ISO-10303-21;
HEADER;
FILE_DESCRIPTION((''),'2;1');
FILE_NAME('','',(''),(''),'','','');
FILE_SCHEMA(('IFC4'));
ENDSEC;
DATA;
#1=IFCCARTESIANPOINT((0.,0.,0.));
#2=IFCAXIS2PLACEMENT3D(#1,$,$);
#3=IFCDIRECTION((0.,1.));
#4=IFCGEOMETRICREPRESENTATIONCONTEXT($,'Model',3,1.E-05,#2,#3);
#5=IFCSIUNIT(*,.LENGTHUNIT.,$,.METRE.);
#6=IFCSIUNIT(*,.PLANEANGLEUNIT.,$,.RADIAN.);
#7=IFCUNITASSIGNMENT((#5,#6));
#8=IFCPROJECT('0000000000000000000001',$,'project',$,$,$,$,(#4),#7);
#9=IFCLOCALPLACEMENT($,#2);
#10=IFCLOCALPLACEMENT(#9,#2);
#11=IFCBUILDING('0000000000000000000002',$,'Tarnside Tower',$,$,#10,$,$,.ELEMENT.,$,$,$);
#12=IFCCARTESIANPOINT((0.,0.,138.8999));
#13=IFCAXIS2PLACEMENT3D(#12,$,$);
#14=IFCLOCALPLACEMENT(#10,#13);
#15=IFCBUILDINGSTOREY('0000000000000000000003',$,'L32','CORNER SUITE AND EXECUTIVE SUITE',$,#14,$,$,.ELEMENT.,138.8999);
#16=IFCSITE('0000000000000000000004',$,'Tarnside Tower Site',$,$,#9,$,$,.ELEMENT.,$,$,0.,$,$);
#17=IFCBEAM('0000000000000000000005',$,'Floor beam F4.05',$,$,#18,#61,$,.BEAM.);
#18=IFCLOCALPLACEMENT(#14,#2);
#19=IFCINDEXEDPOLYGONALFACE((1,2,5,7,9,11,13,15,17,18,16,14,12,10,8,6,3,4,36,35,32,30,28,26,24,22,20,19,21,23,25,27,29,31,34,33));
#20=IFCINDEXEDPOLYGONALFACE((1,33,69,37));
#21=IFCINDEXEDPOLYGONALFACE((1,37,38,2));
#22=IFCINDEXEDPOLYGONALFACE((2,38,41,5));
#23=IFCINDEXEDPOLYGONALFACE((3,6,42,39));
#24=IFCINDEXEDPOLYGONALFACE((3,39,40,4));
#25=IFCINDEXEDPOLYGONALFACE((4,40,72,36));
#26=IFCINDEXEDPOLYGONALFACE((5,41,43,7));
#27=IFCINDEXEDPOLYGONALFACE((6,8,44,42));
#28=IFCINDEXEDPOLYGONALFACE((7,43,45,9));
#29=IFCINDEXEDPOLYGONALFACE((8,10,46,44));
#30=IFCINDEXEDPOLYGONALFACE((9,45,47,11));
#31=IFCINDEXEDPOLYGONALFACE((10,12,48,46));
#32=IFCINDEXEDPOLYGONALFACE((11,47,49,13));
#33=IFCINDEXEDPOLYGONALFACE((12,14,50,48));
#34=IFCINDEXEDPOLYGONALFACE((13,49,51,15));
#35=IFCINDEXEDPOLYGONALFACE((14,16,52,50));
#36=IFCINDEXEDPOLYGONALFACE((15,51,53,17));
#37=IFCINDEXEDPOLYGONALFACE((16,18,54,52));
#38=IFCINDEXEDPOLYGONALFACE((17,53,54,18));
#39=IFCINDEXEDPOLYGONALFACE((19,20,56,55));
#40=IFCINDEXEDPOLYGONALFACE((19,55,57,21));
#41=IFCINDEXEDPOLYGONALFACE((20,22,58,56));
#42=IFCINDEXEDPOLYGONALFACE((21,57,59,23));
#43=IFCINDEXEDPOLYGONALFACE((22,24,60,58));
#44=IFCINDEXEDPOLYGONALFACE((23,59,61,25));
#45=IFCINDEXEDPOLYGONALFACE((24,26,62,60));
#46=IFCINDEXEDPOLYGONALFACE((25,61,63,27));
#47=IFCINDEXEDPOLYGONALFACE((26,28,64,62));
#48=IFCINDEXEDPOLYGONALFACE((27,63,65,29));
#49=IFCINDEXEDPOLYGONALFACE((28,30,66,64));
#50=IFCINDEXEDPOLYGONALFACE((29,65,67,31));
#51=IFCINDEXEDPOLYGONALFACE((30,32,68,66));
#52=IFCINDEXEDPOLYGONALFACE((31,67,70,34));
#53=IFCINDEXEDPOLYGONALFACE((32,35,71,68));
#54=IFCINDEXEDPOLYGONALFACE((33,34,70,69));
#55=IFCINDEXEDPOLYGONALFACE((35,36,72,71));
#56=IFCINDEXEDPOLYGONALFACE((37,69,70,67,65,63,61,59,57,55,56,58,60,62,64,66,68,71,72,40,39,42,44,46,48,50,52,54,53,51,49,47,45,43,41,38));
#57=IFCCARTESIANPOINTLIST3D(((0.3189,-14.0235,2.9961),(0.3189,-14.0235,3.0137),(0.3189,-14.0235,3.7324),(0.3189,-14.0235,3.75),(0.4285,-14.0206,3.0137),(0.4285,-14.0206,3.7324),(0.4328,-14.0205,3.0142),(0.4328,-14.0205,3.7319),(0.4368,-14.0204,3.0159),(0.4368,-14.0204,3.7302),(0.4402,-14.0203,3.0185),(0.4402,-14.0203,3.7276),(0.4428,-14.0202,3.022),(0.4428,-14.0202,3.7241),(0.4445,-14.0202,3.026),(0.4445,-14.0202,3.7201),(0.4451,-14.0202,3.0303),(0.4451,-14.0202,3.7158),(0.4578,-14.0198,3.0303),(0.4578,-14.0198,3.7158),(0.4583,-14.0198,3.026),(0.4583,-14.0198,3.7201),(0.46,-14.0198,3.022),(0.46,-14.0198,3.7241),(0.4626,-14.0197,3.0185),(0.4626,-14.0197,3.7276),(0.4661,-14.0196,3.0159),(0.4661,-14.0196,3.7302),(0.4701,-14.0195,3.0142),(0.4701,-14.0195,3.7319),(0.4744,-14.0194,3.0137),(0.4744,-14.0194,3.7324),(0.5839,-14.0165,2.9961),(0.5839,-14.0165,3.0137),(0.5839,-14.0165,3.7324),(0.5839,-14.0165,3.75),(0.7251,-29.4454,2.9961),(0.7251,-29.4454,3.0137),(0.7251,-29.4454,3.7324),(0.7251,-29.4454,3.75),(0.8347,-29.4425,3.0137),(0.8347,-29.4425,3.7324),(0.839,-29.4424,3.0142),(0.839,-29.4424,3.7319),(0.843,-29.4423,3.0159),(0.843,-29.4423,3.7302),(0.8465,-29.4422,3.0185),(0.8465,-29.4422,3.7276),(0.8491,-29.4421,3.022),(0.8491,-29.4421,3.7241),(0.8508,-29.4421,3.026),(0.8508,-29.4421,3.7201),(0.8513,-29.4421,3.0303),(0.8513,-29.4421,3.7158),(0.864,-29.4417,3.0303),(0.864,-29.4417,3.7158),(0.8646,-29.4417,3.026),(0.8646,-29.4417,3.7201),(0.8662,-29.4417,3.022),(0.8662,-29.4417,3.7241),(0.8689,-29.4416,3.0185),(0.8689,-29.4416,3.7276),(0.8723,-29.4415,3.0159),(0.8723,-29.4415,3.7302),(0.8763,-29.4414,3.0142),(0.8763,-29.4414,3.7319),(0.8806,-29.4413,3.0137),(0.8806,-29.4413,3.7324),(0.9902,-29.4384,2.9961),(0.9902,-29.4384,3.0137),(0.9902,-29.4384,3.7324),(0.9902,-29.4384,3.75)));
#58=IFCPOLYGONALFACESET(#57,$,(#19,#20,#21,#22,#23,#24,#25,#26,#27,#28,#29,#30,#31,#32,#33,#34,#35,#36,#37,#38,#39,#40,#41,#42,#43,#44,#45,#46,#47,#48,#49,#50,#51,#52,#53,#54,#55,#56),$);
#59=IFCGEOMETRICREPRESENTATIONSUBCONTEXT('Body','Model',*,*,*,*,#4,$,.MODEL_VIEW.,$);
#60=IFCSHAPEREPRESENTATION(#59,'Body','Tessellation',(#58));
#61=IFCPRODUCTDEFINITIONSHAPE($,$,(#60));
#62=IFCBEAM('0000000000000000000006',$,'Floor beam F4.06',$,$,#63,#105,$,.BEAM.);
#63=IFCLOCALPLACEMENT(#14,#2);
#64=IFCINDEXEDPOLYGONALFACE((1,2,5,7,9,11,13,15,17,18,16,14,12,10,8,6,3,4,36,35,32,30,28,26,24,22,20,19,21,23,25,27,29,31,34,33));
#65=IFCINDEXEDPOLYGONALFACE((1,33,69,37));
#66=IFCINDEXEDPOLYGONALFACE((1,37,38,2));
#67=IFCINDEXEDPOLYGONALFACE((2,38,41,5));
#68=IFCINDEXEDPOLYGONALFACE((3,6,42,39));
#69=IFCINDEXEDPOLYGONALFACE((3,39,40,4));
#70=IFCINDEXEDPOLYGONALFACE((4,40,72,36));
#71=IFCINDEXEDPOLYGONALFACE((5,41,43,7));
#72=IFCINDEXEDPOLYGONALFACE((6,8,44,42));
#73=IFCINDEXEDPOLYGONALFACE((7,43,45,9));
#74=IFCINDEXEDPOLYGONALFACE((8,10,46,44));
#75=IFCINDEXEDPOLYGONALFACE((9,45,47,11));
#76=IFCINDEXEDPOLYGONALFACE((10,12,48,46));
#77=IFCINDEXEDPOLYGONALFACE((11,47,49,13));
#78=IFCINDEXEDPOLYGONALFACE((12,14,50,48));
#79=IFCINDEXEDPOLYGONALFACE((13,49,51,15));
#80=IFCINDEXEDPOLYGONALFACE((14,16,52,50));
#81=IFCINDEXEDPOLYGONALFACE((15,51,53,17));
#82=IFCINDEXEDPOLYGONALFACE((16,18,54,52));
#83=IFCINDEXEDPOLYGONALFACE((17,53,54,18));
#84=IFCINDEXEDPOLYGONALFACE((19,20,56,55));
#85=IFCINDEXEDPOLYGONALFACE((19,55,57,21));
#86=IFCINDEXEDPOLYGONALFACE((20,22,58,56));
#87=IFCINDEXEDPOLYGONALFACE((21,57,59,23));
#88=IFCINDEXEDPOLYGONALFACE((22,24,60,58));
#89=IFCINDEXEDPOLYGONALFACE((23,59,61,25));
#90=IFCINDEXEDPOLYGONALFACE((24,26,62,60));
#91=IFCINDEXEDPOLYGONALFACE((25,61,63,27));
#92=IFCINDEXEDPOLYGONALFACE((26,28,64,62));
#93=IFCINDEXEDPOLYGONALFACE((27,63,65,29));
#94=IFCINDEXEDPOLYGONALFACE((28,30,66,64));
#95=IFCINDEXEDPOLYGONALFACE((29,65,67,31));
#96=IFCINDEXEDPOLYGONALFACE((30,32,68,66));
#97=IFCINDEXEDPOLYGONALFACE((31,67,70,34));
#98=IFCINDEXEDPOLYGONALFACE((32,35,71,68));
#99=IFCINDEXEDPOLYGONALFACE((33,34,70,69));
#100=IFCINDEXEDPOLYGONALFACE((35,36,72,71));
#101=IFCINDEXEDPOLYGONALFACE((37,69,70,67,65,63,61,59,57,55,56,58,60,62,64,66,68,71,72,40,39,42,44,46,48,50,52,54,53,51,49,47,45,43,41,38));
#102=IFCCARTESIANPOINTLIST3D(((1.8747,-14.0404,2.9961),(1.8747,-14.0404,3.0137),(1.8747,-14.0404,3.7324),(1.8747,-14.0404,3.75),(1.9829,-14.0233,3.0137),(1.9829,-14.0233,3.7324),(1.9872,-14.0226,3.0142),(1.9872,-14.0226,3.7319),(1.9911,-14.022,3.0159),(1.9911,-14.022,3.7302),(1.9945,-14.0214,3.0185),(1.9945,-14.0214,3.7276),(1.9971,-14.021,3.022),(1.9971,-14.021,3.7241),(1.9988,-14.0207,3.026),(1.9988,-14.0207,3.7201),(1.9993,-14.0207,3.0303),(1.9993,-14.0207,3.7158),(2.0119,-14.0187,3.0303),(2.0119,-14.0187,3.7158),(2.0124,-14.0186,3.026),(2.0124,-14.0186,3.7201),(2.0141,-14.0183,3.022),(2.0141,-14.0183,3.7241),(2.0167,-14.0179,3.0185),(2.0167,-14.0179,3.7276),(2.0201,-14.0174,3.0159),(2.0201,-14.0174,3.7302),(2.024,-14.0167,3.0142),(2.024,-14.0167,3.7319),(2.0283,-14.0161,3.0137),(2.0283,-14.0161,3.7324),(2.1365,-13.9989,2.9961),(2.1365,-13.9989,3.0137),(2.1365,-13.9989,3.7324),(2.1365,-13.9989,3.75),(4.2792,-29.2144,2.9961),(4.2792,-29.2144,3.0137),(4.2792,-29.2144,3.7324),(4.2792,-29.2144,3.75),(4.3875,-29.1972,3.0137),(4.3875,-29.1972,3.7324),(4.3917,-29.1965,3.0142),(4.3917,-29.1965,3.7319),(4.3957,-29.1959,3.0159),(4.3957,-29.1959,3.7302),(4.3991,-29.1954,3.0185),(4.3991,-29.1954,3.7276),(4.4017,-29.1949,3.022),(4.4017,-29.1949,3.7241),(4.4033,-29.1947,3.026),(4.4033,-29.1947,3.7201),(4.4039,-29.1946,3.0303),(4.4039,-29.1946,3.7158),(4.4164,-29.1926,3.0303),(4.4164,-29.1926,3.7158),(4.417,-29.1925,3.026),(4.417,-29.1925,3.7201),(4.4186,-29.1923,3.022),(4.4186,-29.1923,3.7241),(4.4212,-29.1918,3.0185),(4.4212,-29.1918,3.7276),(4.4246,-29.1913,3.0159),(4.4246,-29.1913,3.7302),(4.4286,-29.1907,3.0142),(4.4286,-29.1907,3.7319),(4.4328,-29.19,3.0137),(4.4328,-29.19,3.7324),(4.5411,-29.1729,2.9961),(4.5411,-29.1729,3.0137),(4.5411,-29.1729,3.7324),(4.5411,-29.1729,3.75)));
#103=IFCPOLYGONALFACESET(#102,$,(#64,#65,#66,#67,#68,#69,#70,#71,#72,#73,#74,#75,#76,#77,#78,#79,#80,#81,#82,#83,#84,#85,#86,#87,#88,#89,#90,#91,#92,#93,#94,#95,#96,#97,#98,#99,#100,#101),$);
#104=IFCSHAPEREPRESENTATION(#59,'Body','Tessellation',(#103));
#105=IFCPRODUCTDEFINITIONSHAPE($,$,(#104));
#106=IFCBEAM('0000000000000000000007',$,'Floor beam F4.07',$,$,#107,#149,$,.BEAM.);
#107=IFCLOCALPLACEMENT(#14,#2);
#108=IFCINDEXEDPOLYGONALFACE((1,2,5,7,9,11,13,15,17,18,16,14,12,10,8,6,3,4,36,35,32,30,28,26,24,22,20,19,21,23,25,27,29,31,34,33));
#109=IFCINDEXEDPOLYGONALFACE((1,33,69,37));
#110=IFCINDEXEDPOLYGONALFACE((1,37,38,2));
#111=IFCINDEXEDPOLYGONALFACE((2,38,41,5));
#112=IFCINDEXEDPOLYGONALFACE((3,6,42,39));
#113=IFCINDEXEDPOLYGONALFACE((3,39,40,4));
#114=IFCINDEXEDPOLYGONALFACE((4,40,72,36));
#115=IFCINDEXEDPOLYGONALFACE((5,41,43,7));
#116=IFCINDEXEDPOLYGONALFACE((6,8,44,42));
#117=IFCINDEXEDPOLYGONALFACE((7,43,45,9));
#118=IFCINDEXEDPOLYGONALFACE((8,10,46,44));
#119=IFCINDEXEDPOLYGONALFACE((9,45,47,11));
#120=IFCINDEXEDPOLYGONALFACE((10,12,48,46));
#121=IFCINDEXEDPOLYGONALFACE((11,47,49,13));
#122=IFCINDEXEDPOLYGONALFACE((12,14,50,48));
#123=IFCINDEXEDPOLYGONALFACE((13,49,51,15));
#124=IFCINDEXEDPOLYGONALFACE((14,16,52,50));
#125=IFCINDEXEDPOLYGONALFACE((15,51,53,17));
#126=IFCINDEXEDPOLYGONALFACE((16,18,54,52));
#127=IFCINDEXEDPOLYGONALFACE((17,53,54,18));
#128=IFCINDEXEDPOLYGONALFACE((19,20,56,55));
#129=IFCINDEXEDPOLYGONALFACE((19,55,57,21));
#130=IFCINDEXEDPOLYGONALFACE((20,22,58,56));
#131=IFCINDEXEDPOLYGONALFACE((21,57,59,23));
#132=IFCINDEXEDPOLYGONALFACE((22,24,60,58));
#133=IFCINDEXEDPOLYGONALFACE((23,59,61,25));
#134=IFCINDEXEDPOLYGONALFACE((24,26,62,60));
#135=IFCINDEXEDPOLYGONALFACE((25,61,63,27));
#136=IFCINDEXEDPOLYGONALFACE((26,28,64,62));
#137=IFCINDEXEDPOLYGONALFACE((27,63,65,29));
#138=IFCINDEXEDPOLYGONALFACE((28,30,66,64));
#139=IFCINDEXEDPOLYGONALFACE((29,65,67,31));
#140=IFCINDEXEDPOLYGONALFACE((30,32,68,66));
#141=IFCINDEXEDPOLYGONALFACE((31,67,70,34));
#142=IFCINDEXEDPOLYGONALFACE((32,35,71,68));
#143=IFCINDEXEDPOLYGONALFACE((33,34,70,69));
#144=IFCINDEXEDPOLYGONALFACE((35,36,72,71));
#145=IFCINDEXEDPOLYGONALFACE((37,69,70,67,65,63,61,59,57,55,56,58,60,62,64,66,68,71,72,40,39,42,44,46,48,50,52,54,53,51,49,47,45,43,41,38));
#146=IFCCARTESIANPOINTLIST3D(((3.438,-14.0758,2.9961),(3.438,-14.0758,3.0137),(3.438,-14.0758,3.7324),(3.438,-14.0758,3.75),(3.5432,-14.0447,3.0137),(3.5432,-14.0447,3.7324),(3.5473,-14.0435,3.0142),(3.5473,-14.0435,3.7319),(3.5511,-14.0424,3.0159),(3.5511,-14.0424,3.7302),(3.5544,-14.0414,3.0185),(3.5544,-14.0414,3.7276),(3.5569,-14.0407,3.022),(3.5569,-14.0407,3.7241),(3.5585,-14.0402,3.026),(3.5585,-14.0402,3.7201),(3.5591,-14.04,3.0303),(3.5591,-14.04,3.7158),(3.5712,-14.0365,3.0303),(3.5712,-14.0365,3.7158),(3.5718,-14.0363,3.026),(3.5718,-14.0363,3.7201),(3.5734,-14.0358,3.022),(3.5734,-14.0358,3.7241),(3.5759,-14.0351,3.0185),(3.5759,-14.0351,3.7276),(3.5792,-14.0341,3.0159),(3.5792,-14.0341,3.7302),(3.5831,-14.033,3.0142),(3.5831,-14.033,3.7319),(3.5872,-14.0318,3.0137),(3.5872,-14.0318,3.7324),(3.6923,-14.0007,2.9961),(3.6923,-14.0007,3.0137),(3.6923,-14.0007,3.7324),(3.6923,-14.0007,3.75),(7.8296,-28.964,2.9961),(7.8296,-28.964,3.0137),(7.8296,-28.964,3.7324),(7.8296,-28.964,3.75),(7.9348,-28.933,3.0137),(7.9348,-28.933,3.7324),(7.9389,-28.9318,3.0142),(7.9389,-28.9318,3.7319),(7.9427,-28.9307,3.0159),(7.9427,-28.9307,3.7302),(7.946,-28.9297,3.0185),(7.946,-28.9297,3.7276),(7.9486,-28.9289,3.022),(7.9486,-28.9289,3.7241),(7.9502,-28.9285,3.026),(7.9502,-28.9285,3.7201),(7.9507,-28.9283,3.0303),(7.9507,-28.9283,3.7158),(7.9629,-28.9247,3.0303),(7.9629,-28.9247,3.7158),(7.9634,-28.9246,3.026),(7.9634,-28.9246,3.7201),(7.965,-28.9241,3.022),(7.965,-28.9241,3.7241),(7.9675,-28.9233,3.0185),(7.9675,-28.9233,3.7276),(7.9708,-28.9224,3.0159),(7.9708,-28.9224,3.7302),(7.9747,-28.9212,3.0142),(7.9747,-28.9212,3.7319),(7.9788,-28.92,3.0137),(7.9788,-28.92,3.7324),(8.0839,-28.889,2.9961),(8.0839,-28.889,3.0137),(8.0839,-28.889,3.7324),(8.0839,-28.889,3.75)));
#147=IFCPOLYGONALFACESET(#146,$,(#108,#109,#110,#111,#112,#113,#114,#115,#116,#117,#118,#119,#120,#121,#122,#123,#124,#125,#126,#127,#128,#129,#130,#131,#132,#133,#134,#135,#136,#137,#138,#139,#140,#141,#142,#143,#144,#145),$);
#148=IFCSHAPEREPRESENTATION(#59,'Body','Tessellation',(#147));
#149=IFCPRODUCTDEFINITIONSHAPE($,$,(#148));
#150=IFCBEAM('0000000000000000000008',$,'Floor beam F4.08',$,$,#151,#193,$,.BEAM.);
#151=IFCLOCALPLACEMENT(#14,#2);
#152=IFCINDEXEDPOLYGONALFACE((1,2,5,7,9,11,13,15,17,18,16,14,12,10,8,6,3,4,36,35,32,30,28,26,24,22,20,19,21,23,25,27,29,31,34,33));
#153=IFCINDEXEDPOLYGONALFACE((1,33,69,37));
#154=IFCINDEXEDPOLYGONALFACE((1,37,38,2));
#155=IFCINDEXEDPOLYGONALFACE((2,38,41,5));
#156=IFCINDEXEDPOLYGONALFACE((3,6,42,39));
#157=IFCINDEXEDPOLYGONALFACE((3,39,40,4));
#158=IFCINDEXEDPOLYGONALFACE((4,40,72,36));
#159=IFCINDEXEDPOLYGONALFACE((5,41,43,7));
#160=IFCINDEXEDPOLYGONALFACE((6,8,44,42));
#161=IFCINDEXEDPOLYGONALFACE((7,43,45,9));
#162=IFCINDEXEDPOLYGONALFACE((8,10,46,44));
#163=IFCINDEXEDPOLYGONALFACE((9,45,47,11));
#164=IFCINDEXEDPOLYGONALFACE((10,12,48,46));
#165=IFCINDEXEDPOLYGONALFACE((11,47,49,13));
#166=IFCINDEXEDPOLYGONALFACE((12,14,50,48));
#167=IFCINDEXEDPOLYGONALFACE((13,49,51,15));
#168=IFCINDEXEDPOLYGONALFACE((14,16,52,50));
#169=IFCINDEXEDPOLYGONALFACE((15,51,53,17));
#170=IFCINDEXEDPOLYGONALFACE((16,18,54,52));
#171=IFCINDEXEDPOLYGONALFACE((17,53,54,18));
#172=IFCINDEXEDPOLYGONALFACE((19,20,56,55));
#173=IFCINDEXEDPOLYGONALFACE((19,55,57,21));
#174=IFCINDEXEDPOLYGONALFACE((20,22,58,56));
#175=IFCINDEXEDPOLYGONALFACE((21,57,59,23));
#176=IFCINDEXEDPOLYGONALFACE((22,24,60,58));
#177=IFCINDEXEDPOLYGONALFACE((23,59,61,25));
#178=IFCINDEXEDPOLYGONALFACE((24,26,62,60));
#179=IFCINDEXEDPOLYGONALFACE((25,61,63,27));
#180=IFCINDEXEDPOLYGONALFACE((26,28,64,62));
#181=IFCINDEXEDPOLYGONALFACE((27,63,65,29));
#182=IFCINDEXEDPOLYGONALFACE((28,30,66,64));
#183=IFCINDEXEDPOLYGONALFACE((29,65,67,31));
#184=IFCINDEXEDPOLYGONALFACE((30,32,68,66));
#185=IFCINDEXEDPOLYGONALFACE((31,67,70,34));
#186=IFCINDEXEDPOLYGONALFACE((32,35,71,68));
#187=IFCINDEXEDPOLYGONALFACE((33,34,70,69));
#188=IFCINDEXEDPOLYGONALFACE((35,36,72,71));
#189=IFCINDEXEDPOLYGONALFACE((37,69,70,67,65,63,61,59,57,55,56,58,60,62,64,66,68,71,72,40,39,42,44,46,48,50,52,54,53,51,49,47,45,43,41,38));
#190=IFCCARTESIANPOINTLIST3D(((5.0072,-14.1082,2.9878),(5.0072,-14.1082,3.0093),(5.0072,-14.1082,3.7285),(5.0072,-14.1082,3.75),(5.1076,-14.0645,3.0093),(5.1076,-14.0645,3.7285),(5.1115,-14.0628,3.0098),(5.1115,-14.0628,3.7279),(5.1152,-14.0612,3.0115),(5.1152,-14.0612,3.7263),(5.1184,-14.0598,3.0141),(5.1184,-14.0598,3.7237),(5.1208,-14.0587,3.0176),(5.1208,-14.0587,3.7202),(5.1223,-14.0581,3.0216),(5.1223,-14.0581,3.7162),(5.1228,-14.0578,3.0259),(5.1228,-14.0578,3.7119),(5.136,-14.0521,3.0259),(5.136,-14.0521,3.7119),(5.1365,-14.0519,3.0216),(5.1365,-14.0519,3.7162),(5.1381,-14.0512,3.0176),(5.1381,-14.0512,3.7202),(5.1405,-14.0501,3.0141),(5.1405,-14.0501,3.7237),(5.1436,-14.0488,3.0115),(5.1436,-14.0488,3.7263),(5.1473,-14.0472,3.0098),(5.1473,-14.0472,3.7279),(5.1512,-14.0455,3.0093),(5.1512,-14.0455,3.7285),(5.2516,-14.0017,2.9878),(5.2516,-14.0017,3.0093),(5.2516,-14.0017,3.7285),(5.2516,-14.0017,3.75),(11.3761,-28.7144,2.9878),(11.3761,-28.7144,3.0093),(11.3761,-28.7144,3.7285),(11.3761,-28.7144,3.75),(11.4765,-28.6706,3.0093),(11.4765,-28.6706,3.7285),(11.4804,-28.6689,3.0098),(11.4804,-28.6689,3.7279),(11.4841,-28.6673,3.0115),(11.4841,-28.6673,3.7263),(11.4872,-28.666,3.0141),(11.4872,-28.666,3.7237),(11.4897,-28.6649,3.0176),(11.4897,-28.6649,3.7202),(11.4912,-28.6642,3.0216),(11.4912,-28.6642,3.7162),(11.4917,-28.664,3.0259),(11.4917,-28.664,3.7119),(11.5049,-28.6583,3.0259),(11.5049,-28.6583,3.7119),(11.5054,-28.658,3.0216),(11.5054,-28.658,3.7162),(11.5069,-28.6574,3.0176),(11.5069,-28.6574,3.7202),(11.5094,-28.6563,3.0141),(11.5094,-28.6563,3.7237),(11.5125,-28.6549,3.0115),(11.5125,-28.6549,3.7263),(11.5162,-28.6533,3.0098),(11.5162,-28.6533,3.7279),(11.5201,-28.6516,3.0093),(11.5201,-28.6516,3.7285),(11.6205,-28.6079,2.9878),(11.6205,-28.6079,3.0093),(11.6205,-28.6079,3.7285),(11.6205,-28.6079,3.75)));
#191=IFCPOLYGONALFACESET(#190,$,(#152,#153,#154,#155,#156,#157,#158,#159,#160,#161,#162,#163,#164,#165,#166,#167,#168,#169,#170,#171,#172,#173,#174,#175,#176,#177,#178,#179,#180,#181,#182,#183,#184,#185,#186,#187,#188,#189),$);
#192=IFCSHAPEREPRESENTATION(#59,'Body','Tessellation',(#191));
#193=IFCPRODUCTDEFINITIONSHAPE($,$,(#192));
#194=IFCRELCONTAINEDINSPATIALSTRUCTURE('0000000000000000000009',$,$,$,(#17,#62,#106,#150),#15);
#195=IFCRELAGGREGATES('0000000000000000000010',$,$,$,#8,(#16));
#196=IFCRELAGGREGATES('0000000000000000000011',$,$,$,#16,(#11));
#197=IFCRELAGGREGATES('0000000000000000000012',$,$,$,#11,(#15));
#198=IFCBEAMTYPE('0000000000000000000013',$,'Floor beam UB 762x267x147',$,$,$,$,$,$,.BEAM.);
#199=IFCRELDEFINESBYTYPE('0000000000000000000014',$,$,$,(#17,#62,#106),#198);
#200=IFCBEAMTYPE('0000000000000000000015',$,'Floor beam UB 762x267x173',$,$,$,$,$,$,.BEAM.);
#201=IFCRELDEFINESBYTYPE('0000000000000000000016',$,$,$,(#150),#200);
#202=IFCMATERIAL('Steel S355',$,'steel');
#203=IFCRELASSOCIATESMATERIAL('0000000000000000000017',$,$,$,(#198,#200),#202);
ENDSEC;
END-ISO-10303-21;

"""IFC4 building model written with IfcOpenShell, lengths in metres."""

from ifc_helpers import new_model, si_unit, direction, frame, origin, origin_2d, place, context, subcontext, project, spatial, i_section, extrude, material, material_profile, profile_set, type_object, element, save


model = new_model("IFC4")

# Units and contexts
model_context = context("Model", 3, precision=1e-05, world=origin(), true_north=direction((0.0, 1.0)))
body_context = subcontext(model_context, "Body", "Model", "MODEL_VIEW")
ifc_project = project(units=[si_unit("LENGTHUNIT", "METRE"), si_unit("PLANEANGLEUNIT", "RADIAN")], contexts=[model_context])

# Site, building, storey
site_placement = place(None, origin())
site = spatial("IfcSite", under=ifc_project, at=site_placement, Name="Tarnside Tower Site", CompositionType="ELEMENT", RefElevation=0.0)
building_placement = place(site_placement, origin())
building = spatial("IfcBuilding", under=site, at=building_placement, Name="Tarnside Tower", CompositionType="ELEMENT")
storey_placement = place(building_placement, frame((0.0, 0.0, 138.8999)))
storey = spatial("IfcBuildingStorey", under=building, at=storey_placement, Name="L32", Description="CORNER SUITE AND EXECUTIVE SUITE", CompositionType="ELEMENT", Elevation=138.8999)

# Beams
ifc_material_1 = material(Name="Steel S355", Category="steel")
ifc_material_profile_1 = material_profile(ifc_material_1, i_section(OverallWidth=0.2651, OverallDepth=0.7539, WebThickness=0.0127, FlangeThickness=0.0176, FilletRadius=0.0166, at=origin_2d()), Name="UB 762x267x147")
ifc_profile_set_1 = profile_set([ifc_material_profile_1], Name="Steel S355")
beam_type_1 = type_object("IfcBeamType", Name="Floor beam UB 762x267x147", PredefinedType="BEAM", material=ifc_profile_set_1)
beam_1_placement = place(storey_placement, frame((0.8577, -29.4419, 3.373), z_axis=(-0.026333, 0.999653, 0.0), x_axis=(-0.999653, -0.026333, 0.0)))
element("IfcBeam", 1, at=beam_1_placement, inside=storey, type_object=beam_type_1, Name="Floor beam F4.05", PredefinedType="BEAM", context=body_context, shape_type="SweptSolid", body=[
    extrude(i_section(OverallWidth=0.2651, OverallDepth=0.7539, WebThickness=0.0127, FlangeThickness=0.0176, FilletRadius=0.0166, at=origin_2d()), origin(), (0.0, 0.0, 1.0), 15.4272),
])
beam_2_placement = place(storey_placement, frame((4.4102, -29.1936, 3.373), z_axis=(-0.156513, 0.987676, 0.0), x_axis=(-0.987676, -0.156513, 0.0)))
element("IfcBeam", 2, at=beam_2_placement, inside=storey, type_object=beam_type_1, Name="Floor beam F4.06", PredefinedType="BEAM", context=body_context, shape_type="SweptSolid", body=[
    extrude(i_section(OverallWidth=0.2651, OverallDepth=0.7539, WebThickness=0.0127, FlangeThickness=0.0176, FilletRadius=0.0166, at=origin_2d()), origin(), (0.0, 0.0, 1.0), 15.3633),
])
beam_3_placement = place(storey_placement, frame((7.9568, -28.9265, 3.373), z_axis=(-0.282921, 0.959143, 0.0), x_axis=(-0.959143, -0.282921, 0.0)))
element("IfcBeam", 3, at=beam_3_placement, inside=storey, type_object=beam_type_1, Name="Floor beam F4.07", PredefinedType="BEAM", context=body_context, shape_type="SweptSolid", body=[
    extrude(i_section(OverallWidth=0.2651, OverallDepth=0.7539, WebThickness=0.0127, FlangeThickness=0.0176, FilletRadius=0.0166, at=origin_2d()), origin(), (0.0, 0.0, 1.0), 15.5225),
])
ifc_material_profile_2 = material_profile(ifc_material_1, i_section(OverallWidth=0.2666, OverallDepth=0.7622, WebThickness=0.0144, FlangeThickness=0.0215, FilletRadius=0.0166, at=origin_2d()), Name="UB 762x267x173")
ifc_profile_set_2 = profile_set([ifc_material_profile_2], Name="Steel S355")
beam_type_2 = type_object("IfcBeamType", Name="Floor beam UB 762x267x173", PredefinedType="BEAM", material=ifc_profile_set_2)
beam_4_placement = place(storey_placement, frame((11.4983, -28.6611, 3.3689), z_axis=(-0.399696, 0.916648, 0.0), x_axis=(-0.916648, -0.399696, 0.0)))
element("IfcBeam", 4, at=beam_4_placement, inside=storey, type_object=beam_type_2, Name="Floor beam F4.08", PredefinedType="BEAM", context=body_context, shape_type="SweptSolid", body=[
    extrude(i_section(OverallWidth=0.2666, OverallDepth=0.7622, WebThickness=0.0144, FlangeThickness=0.0215, FilletRadius=0.0166, at=origin_2d()), origin(), (0.0, 0.0, 1.0), 15.9343),
])

save(model, "model.ifc")
